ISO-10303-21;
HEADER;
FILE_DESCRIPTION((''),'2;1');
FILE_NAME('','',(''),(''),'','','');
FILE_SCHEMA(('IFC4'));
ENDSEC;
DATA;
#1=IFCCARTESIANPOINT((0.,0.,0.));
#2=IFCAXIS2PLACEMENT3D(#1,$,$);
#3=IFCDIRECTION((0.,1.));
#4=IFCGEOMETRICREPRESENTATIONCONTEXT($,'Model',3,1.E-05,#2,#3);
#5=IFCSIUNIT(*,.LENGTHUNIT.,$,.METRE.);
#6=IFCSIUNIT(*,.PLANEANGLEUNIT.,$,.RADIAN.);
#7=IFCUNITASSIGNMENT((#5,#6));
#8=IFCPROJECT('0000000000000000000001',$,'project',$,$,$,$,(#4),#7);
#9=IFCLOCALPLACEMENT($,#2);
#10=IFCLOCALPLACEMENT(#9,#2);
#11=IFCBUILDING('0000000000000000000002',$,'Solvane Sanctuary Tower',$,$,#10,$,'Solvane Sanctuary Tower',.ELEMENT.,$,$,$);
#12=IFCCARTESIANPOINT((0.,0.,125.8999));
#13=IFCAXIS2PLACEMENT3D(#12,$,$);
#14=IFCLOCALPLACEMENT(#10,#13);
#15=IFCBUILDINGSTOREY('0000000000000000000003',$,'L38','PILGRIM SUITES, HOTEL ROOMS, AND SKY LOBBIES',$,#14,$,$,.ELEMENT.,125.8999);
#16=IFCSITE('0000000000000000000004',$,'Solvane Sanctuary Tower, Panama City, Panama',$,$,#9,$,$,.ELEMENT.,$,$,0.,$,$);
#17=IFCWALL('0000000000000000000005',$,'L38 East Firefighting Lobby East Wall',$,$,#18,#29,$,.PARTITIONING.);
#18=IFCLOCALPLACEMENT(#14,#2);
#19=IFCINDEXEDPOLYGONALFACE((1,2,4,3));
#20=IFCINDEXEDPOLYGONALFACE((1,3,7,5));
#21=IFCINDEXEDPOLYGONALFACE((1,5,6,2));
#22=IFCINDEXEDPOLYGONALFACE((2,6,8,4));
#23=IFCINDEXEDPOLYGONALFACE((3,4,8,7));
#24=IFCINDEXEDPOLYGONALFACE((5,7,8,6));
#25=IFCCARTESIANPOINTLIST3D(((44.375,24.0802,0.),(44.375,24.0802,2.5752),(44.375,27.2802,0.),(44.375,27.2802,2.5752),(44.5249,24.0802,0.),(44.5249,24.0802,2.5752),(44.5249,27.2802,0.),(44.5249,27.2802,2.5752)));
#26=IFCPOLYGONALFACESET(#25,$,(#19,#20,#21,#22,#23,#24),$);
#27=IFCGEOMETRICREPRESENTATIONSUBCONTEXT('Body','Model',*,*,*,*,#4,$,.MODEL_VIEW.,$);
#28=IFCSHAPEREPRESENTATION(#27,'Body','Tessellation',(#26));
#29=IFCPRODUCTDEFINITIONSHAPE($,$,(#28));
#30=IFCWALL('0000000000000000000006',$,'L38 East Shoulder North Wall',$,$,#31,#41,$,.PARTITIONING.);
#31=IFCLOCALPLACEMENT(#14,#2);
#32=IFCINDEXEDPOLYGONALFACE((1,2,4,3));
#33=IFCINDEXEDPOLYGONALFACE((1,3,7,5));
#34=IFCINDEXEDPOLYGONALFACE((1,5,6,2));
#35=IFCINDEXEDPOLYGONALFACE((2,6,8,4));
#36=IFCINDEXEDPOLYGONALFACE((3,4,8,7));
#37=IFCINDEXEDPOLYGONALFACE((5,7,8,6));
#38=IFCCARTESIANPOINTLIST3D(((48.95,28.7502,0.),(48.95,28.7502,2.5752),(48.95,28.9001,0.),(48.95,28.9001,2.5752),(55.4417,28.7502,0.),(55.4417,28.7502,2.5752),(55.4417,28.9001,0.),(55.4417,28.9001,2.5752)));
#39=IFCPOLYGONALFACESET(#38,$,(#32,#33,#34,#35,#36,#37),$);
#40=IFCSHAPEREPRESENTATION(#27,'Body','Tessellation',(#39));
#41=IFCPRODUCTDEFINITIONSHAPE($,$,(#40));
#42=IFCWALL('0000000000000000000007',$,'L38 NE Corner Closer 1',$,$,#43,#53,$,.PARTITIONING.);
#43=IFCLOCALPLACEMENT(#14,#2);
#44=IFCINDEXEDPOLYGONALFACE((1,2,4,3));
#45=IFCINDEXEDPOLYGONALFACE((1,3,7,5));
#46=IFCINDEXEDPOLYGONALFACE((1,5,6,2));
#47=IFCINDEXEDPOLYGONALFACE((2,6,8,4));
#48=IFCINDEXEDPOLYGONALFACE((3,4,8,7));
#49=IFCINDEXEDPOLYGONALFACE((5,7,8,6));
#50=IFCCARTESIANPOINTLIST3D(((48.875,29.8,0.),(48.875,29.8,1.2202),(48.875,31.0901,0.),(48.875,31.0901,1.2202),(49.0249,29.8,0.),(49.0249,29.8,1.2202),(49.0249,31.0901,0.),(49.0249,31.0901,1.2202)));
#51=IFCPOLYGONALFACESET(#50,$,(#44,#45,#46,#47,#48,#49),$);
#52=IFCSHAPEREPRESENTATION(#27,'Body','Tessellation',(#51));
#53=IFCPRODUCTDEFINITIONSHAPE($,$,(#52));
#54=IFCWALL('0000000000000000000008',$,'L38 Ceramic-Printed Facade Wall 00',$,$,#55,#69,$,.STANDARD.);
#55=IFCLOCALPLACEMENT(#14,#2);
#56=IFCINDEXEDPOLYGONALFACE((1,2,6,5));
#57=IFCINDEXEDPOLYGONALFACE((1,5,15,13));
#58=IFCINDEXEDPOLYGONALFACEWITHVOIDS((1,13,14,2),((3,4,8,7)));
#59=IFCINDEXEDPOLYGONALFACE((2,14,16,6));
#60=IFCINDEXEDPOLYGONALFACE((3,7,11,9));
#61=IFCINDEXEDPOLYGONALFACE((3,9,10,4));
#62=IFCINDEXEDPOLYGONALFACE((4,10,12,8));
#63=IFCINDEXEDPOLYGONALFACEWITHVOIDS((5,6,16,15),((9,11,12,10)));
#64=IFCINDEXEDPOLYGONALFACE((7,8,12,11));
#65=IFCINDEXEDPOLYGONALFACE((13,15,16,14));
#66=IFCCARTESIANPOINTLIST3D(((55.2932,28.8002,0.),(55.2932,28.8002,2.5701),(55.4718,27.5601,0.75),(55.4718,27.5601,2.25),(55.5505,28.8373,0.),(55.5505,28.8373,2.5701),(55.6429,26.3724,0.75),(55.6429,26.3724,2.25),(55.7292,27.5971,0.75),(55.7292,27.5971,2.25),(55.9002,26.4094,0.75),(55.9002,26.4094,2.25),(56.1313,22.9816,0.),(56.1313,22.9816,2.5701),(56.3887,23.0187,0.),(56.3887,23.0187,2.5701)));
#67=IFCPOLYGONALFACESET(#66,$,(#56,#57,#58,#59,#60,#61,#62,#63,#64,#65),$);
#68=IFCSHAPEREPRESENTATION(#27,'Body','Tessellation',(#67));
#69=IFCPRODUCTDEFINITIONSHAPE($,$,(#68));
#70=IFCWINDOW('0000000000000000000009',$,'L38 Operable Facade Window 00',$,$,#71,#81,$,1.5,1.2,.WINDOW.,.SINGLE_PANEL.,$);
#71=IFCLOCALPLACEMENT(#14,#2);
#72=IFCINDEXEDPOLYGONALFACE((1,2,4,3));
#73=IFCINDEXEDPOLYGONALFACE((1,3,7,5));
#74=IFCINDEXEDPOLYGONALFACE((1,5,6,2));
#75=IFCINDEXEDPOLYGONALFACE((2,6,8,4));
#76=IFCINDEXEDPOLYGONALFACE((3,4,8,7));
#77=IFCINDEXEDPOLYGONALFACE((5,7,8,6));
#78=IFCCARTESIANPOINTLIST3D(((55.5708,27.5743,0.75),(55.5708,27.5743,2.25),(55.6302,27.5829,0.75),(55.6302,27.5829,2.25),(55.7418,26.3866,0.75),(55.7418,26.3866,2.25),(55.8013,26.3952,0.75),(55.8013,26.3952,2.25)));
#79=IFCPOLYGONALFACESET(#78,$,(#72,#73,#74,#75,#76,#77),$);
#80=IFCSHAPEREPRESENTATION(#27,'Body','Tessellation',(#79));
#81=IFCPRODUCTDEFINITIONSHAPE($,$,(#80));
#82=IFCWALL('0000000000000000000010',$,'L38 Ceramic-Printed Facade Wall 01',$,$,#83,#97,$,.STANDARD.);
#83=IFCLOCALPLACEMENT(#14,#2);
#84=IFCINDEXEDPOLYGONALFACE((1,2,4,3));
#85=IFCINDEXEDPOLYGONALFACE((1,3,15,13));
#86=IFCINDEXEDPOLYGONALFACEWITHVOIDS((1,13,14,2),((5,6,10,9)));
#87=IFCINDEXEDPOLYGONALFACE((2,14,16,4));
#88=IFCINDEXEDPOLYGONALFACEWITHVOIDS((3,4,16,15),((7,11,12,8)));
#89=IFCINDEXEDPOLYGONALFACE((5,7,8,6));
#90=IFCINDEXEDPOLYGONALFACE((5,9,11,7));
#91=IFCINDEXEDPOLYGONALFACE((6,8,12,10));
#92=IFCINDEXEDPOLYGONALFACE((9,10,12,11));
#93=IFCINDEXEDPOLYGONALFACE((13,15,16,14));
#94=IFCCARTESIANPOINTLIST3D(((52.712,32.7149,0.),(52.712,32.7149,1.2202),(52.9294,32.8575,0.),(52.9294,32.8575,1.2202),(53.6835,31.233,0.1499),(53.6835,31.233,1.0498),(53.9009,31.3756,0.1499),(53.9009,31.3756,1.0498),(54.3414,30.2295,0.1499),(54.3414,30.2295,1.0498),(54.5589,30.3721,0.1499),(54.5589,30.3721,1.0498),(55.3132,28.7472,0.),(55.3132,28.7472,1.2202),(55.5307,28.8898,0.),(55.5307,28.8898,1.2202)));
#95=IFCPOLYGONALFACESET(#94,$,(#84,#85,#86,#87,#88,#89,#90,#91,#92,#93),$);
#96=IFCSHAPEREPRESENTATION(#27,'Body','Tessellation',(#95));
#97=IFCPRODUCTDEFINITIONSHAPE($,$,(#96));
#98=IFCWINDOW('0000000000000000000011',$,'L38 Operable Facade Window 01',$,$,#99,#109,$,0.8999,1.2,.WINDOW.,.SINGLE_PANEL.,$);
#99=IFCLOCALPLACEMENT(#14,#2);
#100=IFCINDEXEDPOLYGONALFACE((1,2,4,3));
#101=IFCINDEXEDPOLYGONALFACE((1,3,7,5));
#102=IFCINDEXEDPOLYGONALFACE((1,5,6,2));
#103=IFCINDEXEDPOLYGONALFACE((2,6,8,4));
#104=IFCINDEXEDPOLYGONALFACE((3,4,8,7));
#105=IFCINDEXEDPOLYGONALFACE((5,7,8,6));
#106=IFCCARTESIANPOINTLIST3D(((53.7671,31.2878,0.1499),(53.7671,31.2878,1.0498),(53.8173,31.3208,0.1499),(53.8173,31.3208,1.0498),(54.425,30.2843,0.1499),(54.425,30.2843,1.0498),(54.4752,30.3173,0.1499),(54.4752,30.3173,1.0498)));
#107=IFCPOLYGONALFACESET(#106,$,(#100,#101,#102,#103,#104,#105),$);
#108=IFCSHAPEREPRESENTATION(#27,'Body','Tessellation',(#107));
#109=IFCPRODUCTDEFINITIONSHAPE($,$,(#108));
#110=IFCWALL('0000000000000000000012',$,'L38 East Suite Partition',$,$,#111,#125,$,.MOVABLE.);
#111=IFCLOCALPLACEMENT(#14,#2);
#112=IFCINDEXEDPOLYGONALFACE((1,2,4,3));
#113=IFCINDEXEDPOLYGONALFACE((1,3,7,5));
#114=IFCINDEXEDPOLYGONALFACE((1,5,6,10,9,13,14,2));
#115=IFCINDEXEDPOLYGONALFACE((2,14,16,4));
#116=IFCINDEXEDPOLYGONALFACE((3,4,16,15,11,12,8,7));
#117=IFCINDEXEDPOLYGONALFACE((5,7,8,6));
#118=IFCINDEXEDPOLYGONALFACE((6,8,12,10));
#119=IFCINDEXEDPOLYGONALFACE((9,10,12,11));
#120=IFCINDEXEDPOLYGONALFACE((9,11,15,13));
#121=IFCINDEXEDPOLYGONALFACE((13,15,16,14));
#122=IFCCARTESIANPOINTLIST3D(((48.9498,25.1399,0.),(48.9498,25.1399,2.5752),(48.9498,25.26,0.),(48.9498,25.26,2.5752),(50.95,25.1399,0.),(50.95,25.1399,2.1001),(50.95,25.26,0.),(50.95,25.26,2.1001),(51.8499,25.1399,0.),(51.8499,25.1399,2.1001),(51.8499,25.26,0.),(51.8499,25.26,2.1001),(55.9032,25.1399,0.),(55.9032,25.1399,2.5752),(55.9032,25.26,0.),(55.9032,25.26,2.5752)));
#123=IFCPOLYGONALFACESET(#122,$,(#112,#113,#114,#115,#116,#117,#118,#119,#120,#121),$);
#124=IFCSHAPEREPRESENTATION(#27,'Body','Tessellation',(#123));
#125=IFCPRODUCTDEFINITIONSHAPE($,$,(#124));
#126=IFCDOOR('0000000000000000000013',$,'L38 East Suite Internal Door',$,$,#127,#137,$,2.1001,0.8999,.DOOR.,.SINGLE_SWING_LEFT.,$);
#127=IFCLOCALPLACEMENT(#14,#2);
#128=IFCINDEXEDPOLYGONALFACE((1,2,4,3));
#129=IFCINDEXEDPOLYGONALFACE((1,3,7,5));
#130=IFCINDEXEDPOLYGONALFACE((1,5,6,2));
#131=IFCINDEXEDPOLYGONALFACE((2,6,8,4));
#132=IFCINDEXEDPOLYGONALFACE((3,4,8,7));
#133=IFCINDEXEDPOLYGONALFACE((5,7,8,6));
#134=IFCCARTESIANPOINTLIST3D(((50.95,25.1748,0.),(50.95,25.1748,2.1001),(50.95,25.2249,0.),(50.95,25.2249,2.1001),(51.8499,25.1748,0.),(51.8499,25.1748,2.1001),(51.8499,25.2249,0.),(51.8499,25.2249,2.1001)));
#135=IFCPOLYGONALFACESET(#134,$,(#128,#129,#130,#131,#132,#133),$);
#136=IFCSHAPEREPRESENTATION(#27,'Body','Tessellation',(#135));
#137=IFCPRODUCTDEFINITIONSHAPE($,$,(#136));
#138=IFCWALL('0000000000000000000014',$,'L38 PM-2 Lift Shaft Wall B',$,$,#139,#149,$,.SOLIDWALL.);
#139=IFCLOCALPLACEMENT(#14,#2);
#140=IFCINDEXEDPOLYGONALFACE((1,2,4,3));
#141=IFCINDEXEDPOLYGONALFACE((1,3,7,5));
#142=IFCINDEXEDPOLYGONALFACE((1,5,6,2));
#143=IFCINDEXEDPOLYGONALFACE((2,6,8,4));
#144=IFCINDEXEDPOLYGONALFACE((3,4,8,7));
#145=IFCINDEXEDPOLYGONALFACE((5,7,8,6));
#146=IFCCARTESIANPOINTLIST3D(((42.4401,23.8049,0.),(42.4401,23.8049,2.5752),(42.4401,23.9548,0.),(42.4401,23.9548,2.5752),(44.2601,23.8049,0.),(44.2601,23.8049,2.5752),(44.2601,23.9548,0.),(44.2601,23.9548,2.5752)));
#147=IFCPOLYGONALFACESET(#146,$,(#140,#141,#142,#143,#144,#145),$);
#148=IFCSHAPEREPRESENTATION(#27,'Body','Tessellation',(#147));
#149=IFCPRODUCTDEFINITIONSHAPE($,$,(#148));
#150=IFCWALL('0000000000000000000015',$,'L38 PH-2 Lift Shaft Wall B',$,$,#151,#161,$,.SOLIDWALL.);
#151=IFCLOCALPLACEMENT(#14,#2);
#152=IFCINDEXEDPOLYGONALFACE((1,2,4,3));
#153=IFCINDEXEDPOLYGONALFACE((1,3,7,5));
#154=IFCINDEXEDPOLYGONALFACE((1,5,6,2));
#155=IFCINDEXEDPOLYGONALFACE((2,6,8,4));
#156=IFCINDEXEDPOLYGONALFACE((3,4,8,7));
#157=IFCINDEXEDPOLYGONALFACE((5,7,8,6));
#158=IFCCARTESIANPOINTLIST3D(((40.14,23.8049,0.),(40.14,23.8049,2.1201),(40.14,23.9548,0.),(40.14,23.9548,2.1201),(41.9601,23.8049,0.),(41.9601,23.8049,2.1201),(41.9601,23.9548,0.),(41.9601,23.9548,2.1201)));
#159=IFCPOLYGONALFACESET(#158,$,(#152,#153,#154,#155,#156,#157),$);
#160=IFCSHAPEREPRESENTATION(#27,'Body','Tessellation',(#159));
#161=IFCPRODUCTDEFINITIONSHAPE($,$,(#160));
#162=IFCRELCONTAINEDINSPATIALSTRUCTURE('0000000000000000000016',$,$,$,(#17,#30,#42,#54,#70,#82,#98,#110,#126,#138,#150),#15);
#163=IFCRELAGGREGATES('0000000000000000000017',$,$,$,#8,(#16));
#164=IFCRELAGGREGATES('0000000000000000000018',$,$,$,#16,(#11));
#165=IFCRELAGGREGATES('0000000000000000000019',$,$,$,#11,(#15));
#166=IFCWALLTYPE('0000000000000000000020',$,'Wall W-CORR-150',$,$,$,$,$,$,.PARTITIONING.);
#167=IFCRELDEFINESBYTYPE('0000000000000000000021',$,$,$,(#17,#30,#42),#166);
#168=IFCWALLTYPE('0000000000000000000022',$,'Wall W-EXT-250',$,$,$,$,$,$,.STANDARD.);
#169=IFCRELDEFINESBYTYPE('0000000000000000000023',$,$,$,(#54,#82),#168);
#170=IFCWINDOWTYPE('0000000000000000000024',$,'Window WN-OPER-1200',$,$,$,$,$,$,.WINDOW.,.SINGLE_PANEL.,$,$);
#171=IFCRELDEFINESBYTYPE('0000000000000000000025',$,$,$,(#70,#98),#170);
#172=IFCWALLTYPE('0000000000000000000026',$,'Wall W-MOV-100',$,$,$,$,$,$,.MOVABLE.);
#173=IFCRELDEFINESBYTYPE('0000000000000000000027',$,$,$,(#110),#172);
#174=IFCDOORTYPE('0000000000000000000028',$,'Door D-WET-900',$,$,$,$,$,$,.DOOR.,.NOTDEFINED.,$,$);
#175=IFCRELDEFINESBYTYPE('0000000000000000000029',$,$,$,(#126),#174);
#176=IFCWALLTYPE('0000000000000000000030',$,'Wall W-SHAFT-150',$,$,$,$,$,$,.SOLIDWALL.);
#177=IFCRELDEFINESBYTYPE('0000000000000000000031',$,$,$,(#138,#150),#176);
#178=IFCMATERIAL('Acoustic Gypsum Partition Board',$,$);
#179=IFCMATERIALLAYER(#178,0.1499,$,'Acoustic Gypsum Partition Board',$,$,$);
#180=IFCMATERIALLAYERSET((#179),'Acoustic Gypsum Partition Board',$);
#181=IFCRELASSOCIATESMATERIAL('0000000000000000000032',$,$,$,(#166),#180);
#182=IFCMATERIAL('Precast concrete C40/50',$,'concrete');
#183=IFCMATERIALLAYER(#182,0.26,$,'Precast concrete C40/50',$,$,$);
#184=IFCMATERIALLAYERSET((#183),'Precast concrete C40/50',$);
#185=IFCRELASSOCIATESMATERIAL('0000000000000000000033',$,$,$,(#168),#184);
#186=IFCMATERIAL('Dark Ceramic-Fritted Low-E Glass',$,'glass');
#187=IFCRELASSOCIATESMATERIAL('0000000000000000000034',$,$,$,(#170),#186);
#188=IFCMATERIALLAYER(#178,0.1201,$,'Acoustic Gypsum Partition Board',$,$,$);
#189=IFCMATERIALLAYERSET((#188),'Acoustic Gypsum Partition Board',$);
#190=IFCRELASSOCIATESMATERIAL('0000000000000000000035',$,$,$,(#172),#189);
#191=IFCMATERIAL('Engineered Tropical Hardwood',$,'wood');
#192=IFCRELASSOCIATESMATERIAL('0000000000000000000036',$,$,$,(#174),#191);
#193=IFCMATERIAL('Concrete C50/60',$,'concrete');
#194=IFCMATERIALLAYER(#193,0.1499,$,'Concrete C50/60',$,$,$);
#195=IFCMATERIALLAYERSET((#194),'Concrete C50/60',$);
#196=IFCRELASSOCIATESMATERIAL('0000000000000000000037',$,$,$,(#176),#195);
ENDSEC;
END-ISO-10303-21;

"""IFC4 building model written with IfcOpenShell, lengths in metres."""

from ifc_helpers import new_model, si_unit, direction, frame, frame_2d, origin, place, context, subcontext, project, spatial, rectangle, extrude, material, layer, layer_set, type_object, element, fill, save


model = new_model("IFC4")

# Units and contexts
model_context = context("Model", 3, precision=1e-05, world=origin(), true_north=direction((0.0, 1.0)))
body_context = subcontext(model_context, "Body", "Model", "MODEL_VIEW")
ifc_project = project(units=[si_unit("LENGTHUNIT", "METRE"), si_unit("PLANEANGLEUNIT", "RADIAN")], contexts=[model_context])

# Site, building, storey
site_placement = place(None, origin())
site = spatial("IfcSite", under=ifc_project, at=site_placement, Name="Solvane Sanctuary Tower, Panama City, Panama", CompositionType="ELEMENT", RefElevation=0.0)
building_placement = place(site_placement, origin())
building = spatial("IfcBuilding", under=site, at=building_placement, Name="Solvane Sanctuary Tower", LongName="Solvane Sanctuary Tower", CompositionType="ELEMENT")
storey_placement = place(building_placement, frame((0.0, 0.0, 125.8999)))
storey = spatial("IfcBuildingStorey", under=building, at=storey_placement, Name="L38", Description="PILGRIM SUITES, HOTEL ROOMS, AND SKY LOBBIES", CompositionType="ELEMENT", Elevation=125.8999)

# Walls
ifc_material_1 = material(Name="Acoustic Gypsum Partition Board")
ifc_layer_1 = layer(ifc_material_1, 0.1499, Name="Acoustic Gypsum Partition Board")
ifc_layer_set_1 = layer_set([ifc_layer_1], Name="Acoustic Gypsum Partition Board")
wall_type_1 = type_object("IfcWallType", Name="Wall W-CORR-150", PredefinedType="PARTITIONING", material=ifc_layer_set_1)
wall_1_placement = place(storey_placement, frame((44.45, 24.0801, 0.0), z_axis=(0.0, 0.0, 1.0), x_axis=(0.0, 1.0, 0.0)))
element("IfcWall", 1, at=wall_1_placement, inside=storey, type_object=wall_type_1, Name="L38 East Firefighting Lobby East Wall", PredefinedType="PARTITIONING", context=body_context, shape_type="SweptSolid", body=[
    extrude(rectangle(XDim=3.2, YDim=0.1499, at=frame_2d((1.6001, 0.0))), origin(), (0.0, 0.0, 1.0), 2.5752),
])
wall_2_placement = place(storey_placement, frame((48.95, 28.8252, 0.0), z_axis=(0.0, 0.0, 1.0), x_axis=(1.0, 0.0, 0.0)))
element("IfcWall", 2, at=wall_2_placement, inside=storey, type_object=wall_type_1, Name="L38 East Shoulder North Wall", PredefinedType="PARTITIONING", context=body_context, shape_type="SweptSolid", body=[
    extrude(rectangle(XDim=6.4917, YDim=0.1499, at=frame_2d((3.2458, 0.0))), origin(), (0.0, 0.0, 1.0), 2.5752),
])
wall_3_placement = place(storey_placement, frame((48.95, 29.8, 0.0), z_axis=(0.0, 0.0, 1.0), x_axis=(0.0, 1.0, 0.0)))
element("IfcWall", 3, at=wall_3_placement, inside=storey, type_object=wall_type_1, Name="L38 NE Corner Closer 1", PredefinedType="PARTITIONING", context=body_context, shape_type="SweptSolid", body=[
    extrude(rectangle(XDim=1.29, YDim=0.1499, at=frame_2d((0.645, 0.0))), origin(), (0.0, 0.0, 1.0), 1.2202),
])

# Walls, openings, windows
ifc_material_2 = material(Name="Precast concrete C40/50", Category="concrete")
ifc_layer_2 = layer(ifc_material_2, 0.26, Name="Precast concrete C40/50")
ifc_layer_set_2 = layer_set([ifc_layer_2], Name="Precast concrete C40/50")
wall_type_2 = type_object("IfcWallType", Name="Wall W-EXT-250", PredefinedType="STANDARD", material=ifc_layer_set_2)
wall_4_placement = place(storey_placement, frame((56.26, 23.0, 0.0), z_axis=(0.0, 0.0, 1.0), x_axis=(-0.142572, 0.989784, 0.0)))
wall_4 = element("IfcWall", 4, at=wall_4_placement, inside=storey, type_object=wall_type_2, Name="L38 Ceramic-Printed Facade Wall 00", PredefinedType="STANDARD", context=body_context, shape_type="SweptSolid", body=[
    extrude(rectangle(XDim=5.8787, YDim=0.26, at=frame_2d((2.9395, 0.0))), origin(), (0.0, 0.0, 1.0), 2.5701),
])
opening_1_placement = place(wall_4_placement, frame((3.4258, 0.0, 0.75)))
opening_1 = element("IfcOpeningElement", 5, at=opening_1_placement, cuts=wall_4, PredefinedType="OPENING", context=body_context, shape_type="SweptSolid", body=[
    extrude(rectangle(XDim=1.2, YDim=1.5, at=frame_2d((0.6001, 0.75))), frame((0.0, 0.1399, 0.0), z_axis=(0.0, -1.0, 0.0), x_axis=(1.0, 0.0, 0.0)), (0.0, 0.0, 1.0), 0.28),
])
ifc_material_3 = material(Name="Dark Ceramic-Fritted Low-E Glass", Category="glass")
window_type = type_object("IfcWindowType", Name="Window WN-OPER-1200", PartitioningType="SINGLE_PANEL", PredefinedType="WINDOW", material=ifc_material_3)
window_1_placement = place(opening_1_placement, origin())
window_1 = element("IfcWindow", 6, at=window_1_placement, inside=storey, type_object=window_type, Name="L38 Operable Facade Window 00", OverallHeight=1.5, OverallWidth=1.2, PartitioningType="SINGLE_PANEL", PredefinedType="WINDOW", context=body_context, shape_type="SweptSolid", body=[
    extrude(rectangle(XDim=1.2, YDim=1.5, at=frame_2d((0.6001, 0.75))), frame((0.0, 0.03, 0.0), z_axis=(0.0, -1.0, 0.0), x_axis=(1.0, 0.0, 0.0)), (0.0, 0.0, 1.0), 0.0601),
])
fill(opening_1, window_1)
wall_5_placement = place(storey_placement, frame((55.4219, 28.8186, 0.0), z_axis=(0.0, 0.0, 1.0), x_axis=(-0.548283, 0.836293, 0.0)))
wall_5 = element("IfcWall", 7, at=wall_5_placement, inside=storey, type_object=wall_type_2, Name="L38 Ceramic-Printed Facade Wall 01", PredefinedType="STANDARD", context=body_context, shape_type="SweptSolid", body=[
    extrude(rectangle(XDim=4.7444, YDim=0.26, at=frame_2d((2.3721, 0.0))), origin(), (0.0, 0.0, 1.0), 1.2202),
])
opening_2_placement = place(wall_5_placement, frame((1.7722, 0.0, 0.1499)))
opening_2 = element("IfcOpeningElement", 8, at=opening_2_placement, cuts=wall_5, PredefinedType="OPENING", context=body_context, shape_type="SweptSolid", body=[
    extrude(rectangle(XDim=1.2, YDim=0.8999, at=frame_2d((0.6001, 0.45))), frame((0.0, 0.1399, 0.0), z_axis=(0.0, -1.0, 0.0), x_axis=(1.0, 0.0, 0.0)), (0.0, 0.0, 1.0), 0.28),
])
window_2_placement = place(opening_2_placement, origin())
window_2 = element("IfcWindow", 9, at=window_2_placement, inside=storey, type_object=window_type, Name="L38 Operable Facade Window 01", OverallHeight=0.8999, OverallWidth=1.2, PartitioningType="SINGLE_PANEL", PredefinedType="WINDOW", context=body_context, shape_type="SweptSolid", body=[
    extrude(rectangle(XDim=1.2, YDim=0.8999, at=frame_2d((0.6001, 0.45))), frame((0.0, 0.03, 0.0), z_axis=(0.0, -1.0, 0.0), x_axis=(1.0, 0.0, 0.0)), (0.0, 0.0, 1.0), 0.0601),
])
fill(opening_2, window_2)

# Wall, opening, door
ifc_layer_3 = layer(ifc_material_1, 0.1201, Name="Acoustic Gypsum Partition Board")
ifc_layer_set_3 = layer_set([ifc_layer_3], Name="Acoustic Gypsum Partition Board")
wall_type_3 = type_object("IfcWallType", Name="Wall W-MOV-100", PredefinedType="MOVABLE", material=ifc_layer_set_3)
wall_6_placement = place(storey_placement, frame((48.95, 25.2, 0.0), z_axis=(0.0, 0.0, 1.0), x_axis=(1.0, 0.0, 0.0)))
wall_6 = element("IfcWall", 10, at=wall_6_placement, inside=storey, type_object=wall_type_3, Name="L38 East Suite Partition", PredefinedType="MOVABLE", context=body_context, shape_type="SweptSolid", body=[
    extrude(rectangle(XDim=6.9534, YDim=0.1201, at=frame_2d((3.4766, 0.0))), origin(), (0.0, 0.0, 1.0), 2.5752),
])
opening_3_placement = place(wall_6_placement, frame((2.0, 0.0, 0.0)))
opening_3 = element("IfcOpeningElement", 11, at=opening_3_placement, cuts=wall_6, PredefinedType="OPENING", context=body_context, shape_type="SweptSolid", body=[
    extrude(rectangle(XDim=0.8999, YDim=2.1001, at=frame_2d((0.45, 1.05))), frame((0.0, 0.0701, 0.0), z_axis=(0.0, -1.0, 0.0), x_axis=(1.0, 0.0, 0.0)), (0.0, 0.0, 1.0), 0.1401),
])
ifc_material_4 = material(Name="Engineered Tropical Hardwood", Category="wood")
door_type_1 = type_object("IfcDoorType", Name="Door D-WET-900", OperationType="NOTDEFINED", PredefinedType="DOOR", material=ifc_material_4)
door_1_placement = place(opening_3_placement, origin())
door_1 = element("IfcDoor", 12, at=door_1_placement, inside=storey, type_object=door_type_1, Name="L38 East Suite Internal Door", OperationType="SINGLE_SWING_LEFT", OverallHeight=2.1001, OverallWidth=0.8999, PredefinedType="DOOR", context=body_context, shape_type="SweptSolid", body=[
    extrude(rectangle(XDim=0.8999, YDim=2.1001, at=frame_2d((0.45, 1.05))), frame((0.0, 0.0249, 0.0), z_axis=(0.0, -1.0, 0.0), x_axis=(1.0, 0.0, 0.0)), (0.0, 0.0, 1.0), 0.05),
])
fill(opening_3, door_1)

# Walls
ifc_material_5 = material(Name="Concrete C50/60", Category="concrete")
ifc_layer_4 = layer(ifc_material_5, 0.1499, Name="Concrete C50/60")
ifc_layer_set_4 = layer_set([ifc_layer_4], Name="Concrete C50/60")
wall_type_4 = type_object("IfcWallType", Name="Wall W-SHAFT-150", PredefinedType="SOLIDWALL", material=ifc_layer_set_4)
wall_7_placement = place(storey_placement, frame((42.4399, 23.8799, 0.0), z_axis=(0.0, 0.0, 1.0), x_axis=(1.0, 0.0, 0.0)))
element("IfcWall", 13, at=wall_7_placement, inside=storey, type_object=wall_type_4, Name="L38 PM-2 Lift Shaft Wall B", PredefinedType="SOLIDWALL", context=body_context, shape_type="SweptSolid", body=[
    extrude(rectangle(XDim=1.8201, YDim=0.1499, at=frame_2d((0.9102, 0.0))), origin(), (0.0, 0.0, 1.0), 2.5752),
])
wall_8_placement = place(storey_placement, frame((40.1399, 23.8799, 0.0), z_axis=(0.0, 0.0, 1.0), x_axis=(1.0, 0.0, 0.0)))
element("IfcWall", 14, at=wall_8_placement, inside=storey, type_object=wall_type_4, Name="L38 PH-2 Lift Shaft Wall B", PredefinedType="SOLIDWALL", context=body_context, shape_type="SweptSolid", body=[
    extrude(rectangle(XDim=1.8201, YDim=0.1499, at=frame_2d((0.9102, 0.0))), origin(), (0.0, 0.0, 1.0), 2.1201),
])

save(model, "model.ifc")
